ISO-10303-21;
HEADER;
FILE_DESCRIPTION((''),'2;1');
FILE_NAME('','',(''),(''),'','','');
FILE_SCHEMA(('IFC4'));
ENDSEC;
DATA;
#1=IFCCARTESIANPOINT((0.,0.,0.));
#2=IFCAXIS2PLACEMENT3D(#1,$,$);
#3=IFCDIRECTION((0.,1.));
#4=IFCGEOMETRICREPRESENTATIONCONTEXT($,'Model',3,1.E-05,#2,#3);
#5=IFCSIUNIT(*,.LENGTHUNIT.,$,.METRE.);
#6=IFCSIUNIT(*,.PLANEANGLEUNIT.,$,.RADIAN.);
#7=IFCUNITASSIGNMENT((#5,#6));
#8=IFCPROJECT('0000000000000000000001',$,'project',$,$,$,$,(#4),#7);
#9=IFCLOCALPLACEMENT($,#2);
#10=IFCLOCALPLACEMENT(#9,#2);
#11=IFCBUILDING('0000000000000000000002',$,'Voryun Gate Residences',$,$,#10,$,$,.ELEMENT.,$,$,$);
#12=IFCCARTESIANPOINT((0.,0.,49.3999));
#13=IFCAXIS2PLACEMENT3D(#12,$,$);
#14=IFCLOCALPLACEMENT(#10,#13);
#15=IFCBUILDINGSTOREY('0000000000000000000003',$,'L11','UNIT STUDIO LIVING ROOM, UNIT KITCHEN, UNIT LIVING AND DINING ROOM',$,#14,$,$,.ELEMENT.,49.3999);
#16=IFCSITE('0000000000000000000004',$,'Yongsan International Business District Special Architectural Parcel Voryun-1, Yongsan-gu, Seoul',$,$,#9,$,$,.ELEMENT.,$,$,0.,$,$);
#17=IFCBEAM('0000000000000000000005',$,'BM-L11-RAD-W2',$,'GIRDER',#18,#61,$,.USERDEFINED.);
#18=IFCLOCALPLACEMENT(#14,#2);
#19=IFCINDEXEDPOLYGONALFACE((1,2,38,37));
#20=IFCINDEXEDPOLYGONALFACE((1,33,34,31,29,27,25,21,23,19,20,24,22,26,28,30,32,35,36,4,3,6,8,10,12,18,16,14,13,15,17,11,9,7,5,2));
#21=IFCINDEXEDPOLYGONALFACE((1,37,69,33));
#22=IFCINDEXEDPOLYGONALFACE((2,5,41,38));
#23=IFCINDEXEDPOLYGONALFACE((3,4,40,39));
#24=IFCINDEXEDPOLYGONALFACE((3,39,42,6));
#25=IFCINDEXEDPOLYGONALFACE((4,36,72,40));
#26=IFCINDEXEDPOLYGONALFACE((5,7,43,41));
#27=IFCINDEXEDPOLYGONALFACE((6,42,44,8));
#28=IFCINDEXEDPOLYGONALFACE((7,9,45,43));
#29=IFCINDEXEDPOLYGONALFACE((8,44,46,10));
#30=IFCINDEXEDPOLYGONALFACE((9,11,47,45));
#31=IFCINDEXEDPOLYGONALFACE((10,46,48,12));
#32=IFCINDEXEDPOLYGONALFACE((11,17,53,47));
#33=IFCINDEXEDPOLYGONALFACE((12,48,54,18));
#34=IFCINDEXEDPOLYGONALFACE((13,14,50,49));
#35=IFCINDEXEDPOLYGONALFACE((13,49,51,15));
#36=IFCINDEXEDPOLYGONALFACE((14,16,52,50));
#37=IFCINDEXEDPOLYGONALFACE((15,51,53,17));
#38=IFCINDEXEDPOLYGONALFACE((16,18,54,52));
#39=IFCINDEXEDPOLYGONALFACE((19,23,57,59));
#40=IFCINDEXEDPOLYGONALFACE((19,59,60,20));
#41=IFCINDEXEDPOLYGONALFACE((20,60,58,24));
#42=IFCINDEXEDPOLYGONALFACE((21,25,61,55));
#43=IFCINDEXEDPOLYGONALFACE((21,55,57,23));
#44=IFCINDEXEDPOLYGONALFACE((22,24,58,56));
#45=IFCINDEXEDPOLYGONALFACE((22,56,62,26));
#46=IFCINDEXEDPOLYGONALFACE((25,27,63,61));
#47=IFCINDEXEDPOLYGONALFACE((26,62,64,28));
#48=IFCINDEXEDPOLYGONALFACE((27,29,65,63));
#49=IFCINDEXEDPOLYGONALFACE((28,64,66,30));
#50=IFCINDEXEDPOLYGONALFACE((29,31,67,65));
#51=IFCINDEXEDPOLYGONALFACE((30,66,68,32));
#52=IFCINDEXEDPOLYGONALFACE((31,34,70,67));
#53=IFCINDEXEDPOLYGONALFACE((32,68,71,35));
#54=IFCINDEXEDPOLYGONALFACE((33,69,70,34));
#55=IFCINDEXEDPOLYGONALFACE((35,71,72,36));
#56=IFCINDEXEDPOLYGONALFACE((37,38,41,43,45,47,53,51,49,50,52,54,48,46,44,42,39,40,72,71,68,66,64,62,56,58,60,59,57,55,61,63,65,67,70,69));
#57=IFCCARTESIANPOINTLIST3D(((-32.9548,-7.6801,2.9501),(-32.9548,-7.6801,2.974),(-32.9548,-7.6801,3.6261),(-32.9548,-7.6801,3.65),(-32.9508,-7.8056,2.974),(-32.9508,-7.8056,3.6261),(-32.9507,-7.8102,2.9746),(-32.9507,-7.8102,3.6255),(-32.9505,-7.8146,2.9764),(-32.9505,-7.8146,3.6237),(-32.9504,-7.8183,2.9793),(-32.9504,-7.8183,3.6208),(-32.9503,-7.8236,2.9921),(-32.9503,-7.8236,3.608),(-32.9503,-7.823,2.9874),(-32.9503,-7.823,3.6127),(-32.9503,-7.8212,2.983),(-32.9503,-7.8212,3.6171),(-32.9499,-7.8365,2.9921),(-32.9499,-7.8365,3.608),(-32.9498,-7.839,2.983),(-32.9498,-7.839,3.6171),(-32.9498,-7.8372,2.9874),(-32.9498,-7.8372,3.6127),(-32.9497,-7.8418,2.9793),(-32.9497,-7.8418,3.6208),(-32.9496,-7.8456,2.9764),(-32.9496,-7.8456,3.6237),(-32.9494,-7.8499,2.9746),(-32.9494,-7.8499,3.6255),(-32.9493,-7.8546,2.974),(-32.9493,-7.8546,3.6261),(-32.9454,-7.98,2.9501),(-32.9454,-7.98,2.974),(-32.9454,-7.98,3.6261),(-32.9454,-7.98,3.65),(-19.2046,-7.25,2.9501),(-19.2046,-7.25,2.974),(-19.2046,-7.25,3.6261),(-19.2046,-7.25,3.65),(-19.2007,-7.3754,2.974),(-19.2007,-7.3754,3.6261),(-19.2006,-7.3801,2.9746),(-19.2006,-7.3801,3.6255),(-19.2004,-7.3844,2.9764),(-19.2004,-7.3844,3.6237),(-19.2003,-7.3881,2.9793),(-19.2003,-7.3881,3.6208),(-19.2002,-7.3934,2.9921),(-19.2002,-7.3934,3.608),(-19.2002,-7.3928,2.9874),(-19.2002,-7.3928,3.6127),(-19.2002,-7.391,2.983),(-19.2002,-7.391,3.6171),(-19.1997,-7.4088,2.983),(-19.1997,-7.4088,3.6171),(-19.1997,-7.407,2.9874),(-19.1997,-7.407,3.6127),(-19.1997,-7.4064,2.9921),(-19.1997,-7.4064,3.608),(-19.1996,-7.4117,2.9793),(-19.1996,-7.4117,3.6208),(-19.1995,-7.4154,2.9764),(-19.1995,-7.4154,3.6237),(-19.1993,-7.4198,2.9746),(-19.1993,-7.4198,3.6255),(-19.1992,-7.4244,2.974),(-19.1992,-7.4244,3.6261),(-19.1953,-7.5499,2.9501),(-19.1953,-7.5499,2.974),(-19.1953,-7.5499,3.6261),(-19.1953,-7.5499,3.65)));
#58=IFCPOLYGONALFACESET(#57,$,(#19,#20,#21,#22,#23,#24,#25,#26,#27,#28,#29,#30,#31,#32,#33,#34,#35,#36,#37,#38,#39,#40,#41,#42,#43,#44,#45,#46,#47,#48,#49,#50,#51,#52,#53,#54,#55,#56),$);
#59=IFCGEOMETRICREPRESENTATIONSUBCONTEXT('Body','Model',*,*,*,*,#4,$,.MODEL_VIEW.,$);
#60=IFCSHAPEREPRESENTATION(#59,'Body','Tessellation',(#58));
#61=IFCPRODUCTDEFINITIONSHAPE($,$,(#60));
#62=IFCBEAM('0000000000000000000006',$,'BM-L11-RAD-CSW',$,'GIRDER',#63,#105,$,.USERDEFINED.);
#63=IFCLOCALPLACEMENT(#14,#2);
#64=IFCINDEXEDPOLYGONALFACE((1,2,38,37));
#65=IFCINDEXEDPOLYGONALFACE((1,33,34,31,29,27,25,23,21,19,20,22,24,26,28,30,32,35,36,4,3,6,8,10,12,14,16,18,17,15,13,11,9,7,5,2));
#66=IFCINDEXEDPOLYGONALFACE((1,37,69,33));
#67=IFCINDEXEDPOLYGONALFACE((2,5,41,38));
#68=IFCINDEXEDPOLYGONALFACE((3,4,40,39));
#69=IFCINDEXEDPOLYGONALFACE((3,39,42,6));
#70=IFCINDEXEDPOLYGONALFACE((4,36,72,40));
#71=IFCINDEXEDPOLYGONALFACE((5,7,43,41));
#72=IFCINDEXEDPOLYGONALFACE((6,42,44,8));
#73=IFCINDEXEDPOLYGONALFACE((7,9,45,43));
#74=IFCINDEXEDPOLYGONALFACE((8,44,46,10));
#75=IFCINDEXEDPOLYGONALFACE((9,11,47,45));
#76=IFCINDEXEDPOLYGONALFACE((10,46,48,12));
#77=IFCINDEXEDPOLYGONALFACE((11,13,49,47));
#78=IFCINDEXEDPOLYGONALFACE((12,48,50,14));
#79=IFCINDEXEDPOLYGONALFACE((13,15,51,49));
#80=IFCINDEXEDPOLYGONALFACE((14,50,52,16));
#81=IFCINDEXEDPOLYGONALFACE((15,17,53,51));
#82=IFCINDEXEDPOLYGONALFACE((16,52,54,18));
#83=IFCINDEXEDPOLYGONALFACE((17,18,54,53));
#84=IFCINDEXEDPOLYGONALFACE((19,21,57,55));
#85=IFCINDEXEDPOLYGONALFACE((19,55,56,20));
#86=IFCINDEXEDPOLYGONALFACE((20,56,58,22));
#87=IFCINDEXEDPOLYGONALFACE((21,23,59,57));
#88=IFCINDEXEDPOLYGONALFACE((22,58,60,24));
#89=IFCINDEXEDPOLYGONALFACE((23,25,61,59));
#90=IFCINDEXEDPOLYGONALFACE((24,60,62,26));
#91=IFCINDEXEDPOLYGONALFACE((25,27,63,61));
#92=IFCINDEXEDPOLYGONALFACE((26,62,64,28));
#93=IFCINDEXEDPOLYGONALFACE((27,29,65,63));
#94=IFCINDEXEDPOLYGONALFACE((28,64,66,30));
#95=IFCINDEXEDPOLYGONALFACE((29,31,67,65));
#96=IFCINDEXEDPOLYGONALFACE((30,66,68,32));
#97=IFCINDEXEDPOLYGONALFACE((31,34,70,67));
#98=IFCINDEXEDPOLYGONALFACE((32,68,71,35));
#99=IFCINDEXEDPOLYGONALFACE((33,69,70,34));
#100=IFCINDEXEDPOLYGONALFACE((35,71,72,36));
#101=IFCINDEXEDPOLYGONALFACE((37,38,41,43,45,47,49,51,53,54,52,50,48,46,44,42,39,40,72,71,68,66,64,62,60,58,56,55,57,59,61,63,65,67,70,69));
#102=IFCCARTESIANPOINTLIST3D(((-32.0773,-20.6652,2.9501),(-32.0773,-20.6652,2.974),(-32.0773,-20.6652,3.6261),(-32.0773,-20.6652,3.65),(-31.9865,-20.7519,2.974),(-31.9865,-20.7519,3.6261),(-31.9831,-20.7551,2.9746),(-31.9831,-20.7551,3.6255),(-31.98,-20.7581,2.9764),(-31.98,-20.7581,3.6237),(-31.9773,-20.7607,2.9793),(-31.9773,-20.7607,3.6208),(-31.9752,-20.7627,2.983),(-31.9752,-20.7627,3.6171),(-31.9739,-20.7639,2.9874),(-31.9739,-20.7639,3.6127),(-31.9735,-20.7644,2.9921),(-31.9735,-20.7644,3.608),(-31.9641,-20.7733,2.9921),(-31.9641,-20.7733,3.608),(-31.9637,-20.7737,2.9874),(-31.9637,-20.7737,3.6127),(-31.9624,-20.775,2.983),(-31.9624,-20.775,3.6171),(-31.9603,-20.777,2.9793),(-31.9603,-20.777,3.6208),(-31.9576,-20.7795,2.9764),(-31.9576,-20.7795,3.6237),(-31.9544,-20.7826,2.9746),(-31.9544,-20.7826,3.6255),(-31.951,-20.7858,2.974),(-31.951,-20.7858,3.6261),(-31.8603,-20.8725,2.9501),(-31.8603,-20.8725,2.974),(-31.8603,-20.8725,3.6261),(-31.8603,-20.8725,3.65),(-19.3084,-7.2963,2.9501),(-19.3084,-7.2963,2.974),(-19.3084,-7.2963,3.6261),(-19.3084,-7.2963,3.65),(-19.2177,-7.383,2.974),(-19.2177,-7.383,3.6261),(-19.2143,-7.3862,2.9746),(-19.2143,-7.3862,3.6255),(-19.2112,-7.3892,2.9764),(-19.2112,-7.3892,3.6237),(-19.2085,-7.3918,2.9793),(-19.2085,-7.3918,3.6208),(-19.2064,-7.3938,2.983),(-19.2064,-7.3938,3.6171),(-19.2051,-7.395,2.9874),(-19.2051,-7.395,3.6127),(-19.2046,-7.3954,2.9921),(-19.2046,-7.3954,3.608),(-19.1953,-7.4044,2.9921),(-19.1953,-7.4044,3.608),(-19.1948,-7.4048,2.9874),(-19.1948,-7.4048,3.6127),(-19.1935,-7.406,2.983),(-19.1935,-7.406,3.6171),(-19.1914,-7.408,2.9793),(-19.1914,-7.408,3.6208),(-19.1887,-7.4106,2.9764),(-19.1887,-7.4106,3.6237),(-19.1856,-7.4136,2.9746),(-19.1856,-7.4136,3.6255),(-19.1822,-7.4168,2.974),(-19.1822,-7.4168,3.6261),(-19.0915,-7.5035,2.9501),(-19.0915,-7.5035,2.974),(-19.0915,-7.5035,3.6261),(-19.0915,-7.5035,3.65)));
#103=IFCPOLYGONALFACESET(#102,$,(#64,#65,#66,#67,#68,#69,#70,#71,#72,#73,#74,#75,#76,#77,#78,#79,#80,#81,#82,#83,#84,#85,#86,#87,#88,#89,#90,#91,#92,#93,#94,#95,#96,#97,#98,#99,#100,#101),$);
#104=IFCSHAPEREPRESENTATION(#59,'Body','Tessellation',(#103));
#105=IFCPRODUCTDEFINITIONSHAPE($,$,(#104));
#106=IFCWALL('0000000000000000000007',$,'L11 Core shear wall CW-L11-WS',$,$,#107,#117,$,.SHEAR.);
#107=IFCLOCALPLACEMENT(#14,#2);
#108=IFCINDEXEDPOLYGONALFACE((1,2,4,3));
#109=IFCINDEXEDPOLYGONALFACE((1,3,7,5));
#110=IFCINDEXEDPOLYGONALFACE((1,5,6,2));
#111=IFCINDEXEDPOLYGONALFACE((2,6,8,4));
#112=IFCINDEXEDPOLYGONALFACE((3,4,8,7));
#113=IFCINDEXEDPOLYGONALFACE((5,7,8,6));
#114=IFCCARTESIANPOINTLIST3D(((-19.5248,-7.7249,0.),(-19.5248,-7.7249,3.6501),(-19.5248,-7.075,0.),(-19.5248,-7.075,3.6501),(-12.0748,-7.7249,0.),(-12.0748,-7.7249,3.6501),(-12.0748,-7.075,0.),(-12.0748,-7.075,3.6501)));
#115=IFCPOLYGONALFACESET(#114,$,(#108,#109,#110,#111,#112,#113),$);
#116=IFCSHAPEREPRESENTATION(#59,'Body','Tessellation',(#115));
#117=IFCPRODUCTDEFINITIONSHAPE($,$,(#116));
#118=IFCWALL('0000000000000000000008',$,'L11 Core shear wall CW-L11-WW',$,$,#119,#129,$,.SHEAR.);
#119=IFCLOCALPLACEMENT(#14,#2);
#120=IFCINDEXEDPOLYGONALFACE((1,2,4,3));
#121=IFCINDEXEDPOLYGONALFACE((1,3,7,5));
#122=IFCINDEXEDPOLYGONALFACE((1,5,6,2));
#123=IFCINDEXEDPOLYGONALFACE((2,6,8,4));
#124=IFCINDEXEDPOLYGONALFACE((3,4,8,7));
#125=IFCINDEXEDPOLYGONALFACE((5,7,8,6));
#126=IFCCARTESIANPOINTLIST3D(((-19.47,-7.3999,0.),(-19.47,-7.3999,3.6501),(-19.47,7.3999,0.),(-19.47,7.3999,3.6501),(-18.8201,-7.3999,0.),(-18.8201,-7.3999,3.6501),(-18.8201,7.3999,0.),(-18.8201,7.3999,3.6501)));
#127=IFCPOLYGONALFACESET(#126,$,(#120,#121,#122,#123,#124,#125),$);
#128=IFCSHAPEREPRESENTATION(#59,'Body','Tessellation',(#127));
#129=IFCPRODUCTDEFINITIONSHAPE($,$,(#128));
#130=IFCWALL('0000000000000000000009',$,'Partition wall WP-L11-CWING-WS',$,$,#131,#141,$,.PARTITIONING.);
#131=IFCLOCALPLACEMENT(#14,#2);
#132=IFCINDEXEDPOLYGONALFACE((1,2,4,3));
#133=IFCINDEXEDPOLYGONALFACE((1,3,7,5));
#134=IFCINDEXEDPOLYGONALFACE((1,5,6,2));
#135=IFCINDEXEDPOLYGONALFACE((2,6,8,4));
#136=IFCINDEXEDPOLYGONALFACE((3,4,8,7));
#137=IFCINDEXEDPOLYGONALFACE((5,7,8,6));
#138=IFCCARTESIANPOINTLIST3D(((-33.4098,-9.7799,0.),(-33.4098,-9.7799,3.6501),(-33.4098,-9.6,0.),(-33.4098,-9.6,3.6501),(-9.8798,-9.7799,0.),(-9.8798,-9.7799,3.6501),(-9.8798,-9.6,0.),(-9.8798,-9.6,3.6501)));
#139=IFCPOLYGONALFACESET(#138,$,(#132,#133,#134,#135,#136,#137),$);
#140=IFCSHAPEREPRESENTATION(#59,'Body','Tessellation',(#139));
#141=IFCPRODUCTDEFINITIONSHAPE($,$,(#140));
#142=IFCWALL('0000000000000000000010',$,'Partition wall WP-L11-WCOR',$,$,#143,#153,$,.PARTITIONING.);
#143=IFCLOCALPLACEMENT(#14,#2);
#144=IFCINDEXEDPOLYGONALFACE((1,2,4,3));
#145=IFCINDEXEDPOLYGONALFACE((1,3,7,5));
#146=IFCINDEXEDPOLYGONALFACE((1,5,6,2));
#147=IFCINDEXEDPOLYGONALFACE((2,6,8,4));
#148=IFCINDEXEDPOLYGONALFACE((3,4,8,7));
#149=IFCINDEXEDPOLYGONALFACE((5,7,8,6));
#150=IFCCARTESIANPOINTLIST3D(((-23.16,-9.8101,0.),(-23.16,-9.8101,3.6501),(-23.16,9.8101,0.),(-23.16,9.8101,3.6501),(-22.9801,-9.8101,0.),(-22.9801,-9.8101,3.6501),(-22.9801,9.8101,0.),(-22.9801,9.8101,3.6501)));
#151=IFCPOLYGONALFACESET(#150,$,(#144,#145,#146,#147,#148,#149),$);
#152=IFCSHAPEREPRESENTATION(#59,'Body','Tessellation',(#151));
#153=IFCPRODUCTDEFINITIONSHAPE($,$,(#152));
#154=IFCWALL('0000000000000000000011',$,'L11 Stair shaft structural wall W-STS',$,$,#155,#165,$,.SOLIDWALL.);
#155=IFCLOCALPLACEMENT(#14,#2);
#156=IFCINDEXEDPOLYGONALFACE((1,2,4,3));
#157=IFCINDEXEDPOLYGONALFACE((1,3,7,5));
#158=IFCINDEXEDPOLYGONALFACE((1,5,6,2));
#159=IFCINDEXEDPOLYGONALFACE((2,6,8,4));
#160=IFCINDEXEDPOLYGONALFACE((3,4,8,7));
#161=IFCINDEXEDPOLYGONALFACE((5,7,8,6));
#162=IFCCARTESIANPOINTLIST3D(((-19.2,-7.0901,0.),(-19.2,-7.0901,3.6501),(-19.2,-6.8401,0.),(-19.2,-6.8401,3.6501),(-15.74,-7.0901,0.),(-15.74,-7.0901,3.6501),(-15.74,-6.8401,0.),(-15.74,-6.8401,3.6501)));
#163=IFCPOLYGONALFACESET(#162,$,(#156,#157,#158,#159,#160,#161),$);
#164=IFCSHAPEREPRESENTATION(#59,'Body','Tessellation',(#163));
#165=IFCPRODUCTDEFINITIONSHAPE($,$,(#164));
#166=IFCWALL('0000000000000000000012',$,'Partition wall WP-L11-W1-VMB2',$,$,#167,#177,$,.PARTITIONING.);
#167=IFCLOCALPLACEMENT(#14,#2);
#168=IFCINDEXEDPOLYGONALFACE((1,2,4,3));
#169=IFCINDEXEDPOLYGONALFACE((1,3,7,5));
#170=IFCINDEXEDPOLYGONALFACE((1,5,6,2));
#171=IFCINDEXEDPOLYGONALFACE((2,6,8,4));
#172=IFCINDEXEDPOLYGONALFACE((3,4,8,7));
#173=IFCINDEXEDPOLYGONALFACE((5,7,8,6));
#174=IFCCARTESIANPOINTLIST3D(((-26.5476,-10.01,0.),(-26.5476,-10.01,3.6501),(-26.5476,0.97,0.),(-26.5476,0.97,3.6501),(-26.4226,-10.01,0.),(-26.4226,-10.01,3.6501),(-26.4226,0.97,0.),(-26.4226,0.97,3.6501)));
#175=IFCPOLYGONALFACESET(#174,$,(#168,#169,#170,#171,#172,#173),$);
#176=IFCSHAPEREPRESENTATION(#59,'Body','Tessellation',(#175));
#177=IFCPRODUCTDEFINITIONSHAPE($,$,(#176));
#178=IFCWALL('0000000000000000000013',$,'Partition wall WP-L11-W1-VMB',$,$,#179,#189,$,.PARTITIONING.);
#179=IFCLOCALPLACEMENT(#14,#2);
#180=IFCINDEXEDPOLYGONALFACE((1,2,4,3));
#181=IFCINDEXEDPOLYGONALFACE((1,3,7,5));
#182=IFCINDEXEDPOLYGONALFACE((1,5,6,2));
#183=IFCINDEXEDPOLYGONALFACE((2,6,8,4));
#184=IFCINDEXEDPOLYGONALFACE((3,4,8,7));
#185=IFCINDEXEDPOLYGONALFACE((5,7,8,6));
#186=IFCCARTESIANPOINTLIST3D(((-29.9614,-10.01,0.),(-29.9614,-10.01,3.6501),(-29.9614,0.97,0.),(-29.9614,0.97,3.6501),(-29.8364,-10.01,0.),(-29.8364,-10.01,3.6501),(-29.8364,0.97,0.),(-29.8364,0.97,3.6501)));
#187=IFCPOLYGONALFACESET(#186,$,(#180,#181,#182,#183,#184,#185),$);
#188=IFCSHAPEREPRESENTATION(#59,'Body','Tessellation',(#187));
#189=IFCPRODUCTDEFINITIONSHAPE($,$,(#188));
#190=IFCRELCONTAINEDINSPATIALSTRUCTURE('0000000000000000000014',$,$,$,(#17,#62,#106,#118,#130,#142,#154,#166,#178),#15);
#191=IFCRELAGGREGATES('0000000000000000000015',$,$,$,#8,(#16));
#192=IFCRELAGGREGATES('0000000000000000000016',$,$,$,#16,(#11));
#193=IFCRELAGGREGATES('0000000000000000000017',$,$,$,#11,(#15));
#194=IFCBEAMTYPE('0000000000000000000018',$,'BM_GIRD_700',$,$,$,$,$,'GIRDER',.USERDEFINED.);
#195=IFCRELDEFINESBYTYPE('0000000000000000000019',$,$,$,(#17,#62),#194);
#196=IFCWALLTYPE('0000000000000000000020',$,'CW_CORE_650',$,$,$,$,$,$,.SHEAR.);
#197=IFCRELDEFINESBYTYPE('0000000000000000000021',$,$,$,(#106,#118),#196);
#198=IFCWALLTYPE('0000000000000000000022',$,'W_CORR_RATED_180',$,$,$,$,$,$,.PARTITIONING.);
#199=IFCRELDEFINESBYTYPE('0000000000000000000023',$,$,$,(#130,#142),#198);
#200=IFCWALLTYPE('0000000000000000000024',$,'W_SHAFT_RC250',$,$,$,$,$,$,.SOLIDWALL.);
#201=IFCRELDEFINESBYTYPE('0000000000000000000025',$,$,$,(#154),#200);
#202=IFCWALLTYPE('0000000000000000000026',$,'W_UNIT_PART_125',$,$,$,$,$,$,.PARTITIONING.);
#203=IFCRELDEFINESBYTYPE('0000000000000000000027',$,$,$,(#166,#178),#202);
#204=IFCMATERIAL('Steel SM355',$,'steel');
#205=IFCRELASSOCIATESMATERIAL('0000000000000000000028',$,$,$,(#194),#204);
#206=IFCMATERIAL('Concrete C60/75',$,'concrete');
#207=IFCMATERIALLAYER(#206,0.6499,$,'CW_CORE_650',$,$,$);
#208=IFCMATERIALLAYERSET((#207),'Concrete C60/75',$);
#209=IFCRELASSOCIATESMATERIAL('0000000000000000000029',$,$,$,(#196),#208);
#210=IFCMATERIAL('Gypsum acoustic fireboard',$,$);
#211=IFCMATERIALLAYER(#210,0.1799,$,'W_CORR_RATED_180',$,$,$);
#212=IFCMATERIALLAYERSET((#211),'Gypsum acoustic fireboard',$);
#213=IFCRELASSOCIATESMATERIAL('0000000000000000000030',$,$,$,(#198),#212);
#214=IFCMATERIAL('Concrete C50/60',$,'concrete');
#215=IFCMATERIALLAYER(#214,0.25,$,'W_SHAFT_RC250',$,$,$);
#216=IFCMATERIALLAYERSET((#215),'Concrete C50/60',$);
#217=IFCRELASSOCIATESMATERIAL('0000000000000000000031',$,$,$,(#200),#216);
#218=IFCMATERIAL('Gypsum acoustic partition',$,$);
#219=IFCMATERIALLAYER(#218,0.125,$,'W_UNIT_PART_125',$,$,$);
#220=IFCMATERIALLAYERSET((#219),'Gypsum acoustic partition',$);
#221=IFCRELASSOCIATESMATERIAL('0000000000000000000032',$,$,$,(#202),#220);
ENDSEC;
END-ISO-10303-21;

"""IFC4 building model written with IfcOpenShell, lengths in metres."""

from ifc_helpers import new_model, si_unit, direction, frame, frame_2d, origin, origin_2d, place, context, subcontext, project, spatial, rectangle, i_section, extrude, material, layer, layer_set, material_profile, profile_set, type_object, element, save


model = new_model("IFC4")

# Units and contexts
model_context = context("Model", 3, precision=1e-05, world=origin(), true_north=direction((0.0, 1.0)))
body_context = subcontext(model_context, "Body", "Model", "MODEL_VIEW")
ifc_project = project(units=[si_unit("LENGTHUNIT", "METRE"), si_unit("PLANEANGLEUNIT", "RADIAN")], contexts=[model_context])

# Site, building, storey
site_placement = place(None, origin())
site = spatial("IfcSite", under=ifc_project, at=site_placement, Name="Yongsan International Business District Special Architectural Parcel Voryun-1, Yongsan-gu, Seoul", CompositionType="ELEMENT", RefElevation=0.0)
building_placement = place(site_placement, origin())
building = spatial("IfcBuilding", under=site, at=building_placement, Name="Voryun Gate Residences", CompositionType="ELEMENT")
storey_placement = place(building_placement, frame((0.0, 0.0, 49.3999)))
storey = spatial("IfcBuildingStorey", under=building, at=storey_placement, Name="L11", Description="UNIT STUDIO LIVING ROOM, UNIT KITCHEN, UNIT LIVING AND DINING ROOM", CompositionType="ELEMENT", Elevation=49.3999)

# Beams
ifc_material_1 = material(Name="Steel SM355", Category="steel")
ifc_material_profile_1 = material_profile(ifc_material_1, i_section(OverallWidth=0.3, OverallDepth=0.7, WebThickness=0.0129, FlangeThickness=0.0239, FilletRadius=0.0181, at=origin_2d()), Name="H-700x300x13x24")
ifc_profile_set_1 = profile_set([ifc_material_profile_1], Name="Steel SM355")
beam_type_1 = type_object("IfcBeamType", Name="BM_GIRD_700", ElementType="GIRDER", PredefinedType="USERDEFINED", material=ifc_profile_set_1)
beam_1_placement = place(storey_placement, frame((-19.2, -7.3999, 3.3), z_axis=(-0.999511, -0.03127, 0.0), x_axis=(0.03127, -0.999511, 0.0)))
element("IfcBeam", 1, at=beam_1_placement, inside=storey, type_object=beam_type_1, Name="BM-L11-RAD-W2", ObjectType="GIRDER", PredefinedType="USERDEFINED", context=body_context, shape_type="SweptSolid", body=[
    extrude(i_section(OverallWidth=0.3, OverallDepth=0.7, WebThickness=0.0129, FlangeThickness=0.0239, FilletRadius=0.0181, at=origin_2d()), origin(), (0.0, 0.0, 1.0), 13.7568),
])
beam_2_placement = place(storey_placement, frame((-19.2, -7.3999, 3.3), z_axis=(-0.69069, -0.723151, 0.0), x_axis=(0.723151, -0.69069, 0.0)))
element("IfcBeam", 2, at=beam_2_placement, inside=storey, type_object=beam_type_1, Name="BM-L11-RAD-CSW", ObjectType="GIRDER", PredefinedType="USERDEFINED", context=body_context, shape_type="SweptSolid", body=[
    extrude(i_section(OverallWidth=0.3, OverallDepth=0.7, WebThickness=0.0129, FlangeThickness=0.0239, FilletRadius=0.0181, at=origin_2d()), origin(), (0.0, 0.0, 1.0), 18.4871),
])

# Walls
ifc_material_2 = material(Name="Concrete C60/75", Category="concrete")
ifc_layer_1 = layer(ifc_material_2, 0.6499, Name="CW_CORE_650")
ifc_layer_set_1 = layer_set([ifc_layer_1], Name="Concrete C60/75")
wall_type_1 = type_object("IfcWallType", Name="CW_CORE_650", PredefinedType="SHEAR", material=ifc_layer_set_1)
wall_1_placement = place(storey_placement, frame((-19.5249, -7.3999, 0.0), z_axis=(0.0, 0.0, 1.0), x_axis=(1.0, 0.0, 0.0)))
element("IfcWall", 3, at=wall_1_placement, inside=storey, type_object=wall_type_1, Name="L11 Core shear wall CW-L11-WS", PredefinedType="SHEAR", context=body_context, shape_type="SweptSolid", body=[
    extrude(rectangle(XDim=7.45, YDim=0.6499, at=frame_2d((3.7251, 0.0))), origin(), (0.0, 0.0, 1.0), 3.6501),
])
wall_2_placement = place(storey_placement, frame((-19.145, -7.3999, 0.0), z_axis=(0.0, 0.0, 1.0), x_axis=(0.0, 1.0, 0.0)))
element("IfcWall", 4, at=wall_2_placement, inside=storey, type_object=wall_type_1, Name="L11 Core shear wall CW-L11-WW", PredefinedType="SHEAR", context=body_context, shape_type="SweptSolid", body=[
    extrude(rectangle(XDim=14.7998, YDim=0.6499, at=frame_2d((7.3999, 0.0))), origin(), (0.0, 0.0, 1.0), 3.6501),
])
ifc_material_3 = material(Name="Gypsum acoustic fireboard")
ifc_layer_2 = layer(ifc_material_3, 0.1799, Name="W_CORR_RATED_180")
ifc_layer_set_2 = layer_set([ifc_layer_2], Name="Gypsum acoustic fireboard")
wall_type_2 = type_object("IfcWallType", Name="W_CORR_RATED_180", PredefinedType="PARTITIONING", material=ifc_layer_set_2)
wall_3_placement = place(storey_placement, frame((-33.4099, -9.6899, 0.0), z_axis=(0.0, 0.0, 1.0), x_axis=(1.0, 0.0, 0.0)))
element("IfcWall", 5, at=wall_3_placement, inside=storey, type_object=wall_type_2, Name="Partition wall WP-L11-CWING-WS", PredefinedType="PARTITIONING", context=body_context, shape_type="SweptSolid", body=[
    extrude(rectangle(XDim=23.53, YDim=0.1799, at=frame_2d((11.7651, 0.0))), origin(), (0.0, 0.0, 1.0), 3.6501),
])

# Walls
wall_4_placement = place(storey_placement, frame((-23.0701, -9.8101, 0.0), z_axis=(0.0, 0.0, 1.0), x_axis=(0.0, 1.0, 0.0)))
element("IfcWall", 6, at=wall_4_placement, inside=storey, type_object=wall_type_2, Name="Partition wall WP-L11-WCOR", PredefinedType="PARTITIONING", context=body_context, shape_type="SweptSolid", body=[
    extrude(rectangle(XDim=19.6201, YDim=0.1799, at=frame_2d((9.8101, 0.0))), origin(), (0.0, 0.0, 1.0), 3.6501),
])
ifc_material_4 = material(Name="Concrete C50/60", Category="concrete")
ifc_layer_3 = layer(ifc_material_4, 0.25, Name="W_SHAFT_RC250")
ifc_layer_set_3 = layer_set([ifc_layer_3], Name="Concrete C50/60")
wall_type_3 = type_object("IfcWallType", Name="W_SHAFT_RC250", PredefinedType="SOLIDWALL", material=ifc_layer_set_3)
wall_5_placement = place(storey_placement, frame((-19.2, -6.9651, 0.0), z_axis=(0.0, 0.0, 1.0), x_axis=(1.0, 0.0, 0.0)))
element("IfcWall", 7, at=wall_5_placement, inside=storey, type_object=wall_type_3, Name="L11 Stair shaft structural wall W-STS", PredefinedType="SOLIDWALL", context=body_context, shape_type="SweptSolid", body=[
    extrude(rectangle(XDim=3.46, YDim=0.25, at=frame_2d((1.73, 0.0))), origin(), (0.0, 0.0, 1.0), 3.6501),
])
ifc_material_5 = material(Name="Gypsum acoustic partition")
ifc_layer_4 = layer(ifc_material_5, 0.125, Name="W_UNIT_PART_125")
ifc_layer_set_4 = layer_set([ifc_layer_4], Name="Gypsum acoustic partition")
wall_type_4 = type_object("IfcWallType", Name="W_UNIT_PART_125", PredefinedType="PARTITIONING", material=ifc_layer_set_4)
for number, where, z_axis, x_axis, name in (
    (8, (-26.4851, -10.01, 0.0), (0.0, 0.0, 1.0), (0.0, 1.0, 0.0), "Partition wall WP-L11-W1-VMB2"),
    (9, (-29.8989, -10.01, 0.0), (0.0, 0.0, 1.0), (0.0, 1.0, 0.0), "Partition wall WP-L11-W1-VMB"),
):
    element("IfcWall", number, at=place(storey_placement, frame(where, z_axis=z_axis, x_axis=x_axis)), inside=storey, type_object=wall_type_4, Name=name, PredefinedType="PARTITIONING", context=body_context, shape_type="SweptSolid", body=[
        extrude(rectangle(XDim=10.98, YDim=0.125, at=frame_2d((5.49, 0.0))), origin(), (0.0, 0.0, 1.0), 3.6501),
    ])

save(model, "model.ifc")
